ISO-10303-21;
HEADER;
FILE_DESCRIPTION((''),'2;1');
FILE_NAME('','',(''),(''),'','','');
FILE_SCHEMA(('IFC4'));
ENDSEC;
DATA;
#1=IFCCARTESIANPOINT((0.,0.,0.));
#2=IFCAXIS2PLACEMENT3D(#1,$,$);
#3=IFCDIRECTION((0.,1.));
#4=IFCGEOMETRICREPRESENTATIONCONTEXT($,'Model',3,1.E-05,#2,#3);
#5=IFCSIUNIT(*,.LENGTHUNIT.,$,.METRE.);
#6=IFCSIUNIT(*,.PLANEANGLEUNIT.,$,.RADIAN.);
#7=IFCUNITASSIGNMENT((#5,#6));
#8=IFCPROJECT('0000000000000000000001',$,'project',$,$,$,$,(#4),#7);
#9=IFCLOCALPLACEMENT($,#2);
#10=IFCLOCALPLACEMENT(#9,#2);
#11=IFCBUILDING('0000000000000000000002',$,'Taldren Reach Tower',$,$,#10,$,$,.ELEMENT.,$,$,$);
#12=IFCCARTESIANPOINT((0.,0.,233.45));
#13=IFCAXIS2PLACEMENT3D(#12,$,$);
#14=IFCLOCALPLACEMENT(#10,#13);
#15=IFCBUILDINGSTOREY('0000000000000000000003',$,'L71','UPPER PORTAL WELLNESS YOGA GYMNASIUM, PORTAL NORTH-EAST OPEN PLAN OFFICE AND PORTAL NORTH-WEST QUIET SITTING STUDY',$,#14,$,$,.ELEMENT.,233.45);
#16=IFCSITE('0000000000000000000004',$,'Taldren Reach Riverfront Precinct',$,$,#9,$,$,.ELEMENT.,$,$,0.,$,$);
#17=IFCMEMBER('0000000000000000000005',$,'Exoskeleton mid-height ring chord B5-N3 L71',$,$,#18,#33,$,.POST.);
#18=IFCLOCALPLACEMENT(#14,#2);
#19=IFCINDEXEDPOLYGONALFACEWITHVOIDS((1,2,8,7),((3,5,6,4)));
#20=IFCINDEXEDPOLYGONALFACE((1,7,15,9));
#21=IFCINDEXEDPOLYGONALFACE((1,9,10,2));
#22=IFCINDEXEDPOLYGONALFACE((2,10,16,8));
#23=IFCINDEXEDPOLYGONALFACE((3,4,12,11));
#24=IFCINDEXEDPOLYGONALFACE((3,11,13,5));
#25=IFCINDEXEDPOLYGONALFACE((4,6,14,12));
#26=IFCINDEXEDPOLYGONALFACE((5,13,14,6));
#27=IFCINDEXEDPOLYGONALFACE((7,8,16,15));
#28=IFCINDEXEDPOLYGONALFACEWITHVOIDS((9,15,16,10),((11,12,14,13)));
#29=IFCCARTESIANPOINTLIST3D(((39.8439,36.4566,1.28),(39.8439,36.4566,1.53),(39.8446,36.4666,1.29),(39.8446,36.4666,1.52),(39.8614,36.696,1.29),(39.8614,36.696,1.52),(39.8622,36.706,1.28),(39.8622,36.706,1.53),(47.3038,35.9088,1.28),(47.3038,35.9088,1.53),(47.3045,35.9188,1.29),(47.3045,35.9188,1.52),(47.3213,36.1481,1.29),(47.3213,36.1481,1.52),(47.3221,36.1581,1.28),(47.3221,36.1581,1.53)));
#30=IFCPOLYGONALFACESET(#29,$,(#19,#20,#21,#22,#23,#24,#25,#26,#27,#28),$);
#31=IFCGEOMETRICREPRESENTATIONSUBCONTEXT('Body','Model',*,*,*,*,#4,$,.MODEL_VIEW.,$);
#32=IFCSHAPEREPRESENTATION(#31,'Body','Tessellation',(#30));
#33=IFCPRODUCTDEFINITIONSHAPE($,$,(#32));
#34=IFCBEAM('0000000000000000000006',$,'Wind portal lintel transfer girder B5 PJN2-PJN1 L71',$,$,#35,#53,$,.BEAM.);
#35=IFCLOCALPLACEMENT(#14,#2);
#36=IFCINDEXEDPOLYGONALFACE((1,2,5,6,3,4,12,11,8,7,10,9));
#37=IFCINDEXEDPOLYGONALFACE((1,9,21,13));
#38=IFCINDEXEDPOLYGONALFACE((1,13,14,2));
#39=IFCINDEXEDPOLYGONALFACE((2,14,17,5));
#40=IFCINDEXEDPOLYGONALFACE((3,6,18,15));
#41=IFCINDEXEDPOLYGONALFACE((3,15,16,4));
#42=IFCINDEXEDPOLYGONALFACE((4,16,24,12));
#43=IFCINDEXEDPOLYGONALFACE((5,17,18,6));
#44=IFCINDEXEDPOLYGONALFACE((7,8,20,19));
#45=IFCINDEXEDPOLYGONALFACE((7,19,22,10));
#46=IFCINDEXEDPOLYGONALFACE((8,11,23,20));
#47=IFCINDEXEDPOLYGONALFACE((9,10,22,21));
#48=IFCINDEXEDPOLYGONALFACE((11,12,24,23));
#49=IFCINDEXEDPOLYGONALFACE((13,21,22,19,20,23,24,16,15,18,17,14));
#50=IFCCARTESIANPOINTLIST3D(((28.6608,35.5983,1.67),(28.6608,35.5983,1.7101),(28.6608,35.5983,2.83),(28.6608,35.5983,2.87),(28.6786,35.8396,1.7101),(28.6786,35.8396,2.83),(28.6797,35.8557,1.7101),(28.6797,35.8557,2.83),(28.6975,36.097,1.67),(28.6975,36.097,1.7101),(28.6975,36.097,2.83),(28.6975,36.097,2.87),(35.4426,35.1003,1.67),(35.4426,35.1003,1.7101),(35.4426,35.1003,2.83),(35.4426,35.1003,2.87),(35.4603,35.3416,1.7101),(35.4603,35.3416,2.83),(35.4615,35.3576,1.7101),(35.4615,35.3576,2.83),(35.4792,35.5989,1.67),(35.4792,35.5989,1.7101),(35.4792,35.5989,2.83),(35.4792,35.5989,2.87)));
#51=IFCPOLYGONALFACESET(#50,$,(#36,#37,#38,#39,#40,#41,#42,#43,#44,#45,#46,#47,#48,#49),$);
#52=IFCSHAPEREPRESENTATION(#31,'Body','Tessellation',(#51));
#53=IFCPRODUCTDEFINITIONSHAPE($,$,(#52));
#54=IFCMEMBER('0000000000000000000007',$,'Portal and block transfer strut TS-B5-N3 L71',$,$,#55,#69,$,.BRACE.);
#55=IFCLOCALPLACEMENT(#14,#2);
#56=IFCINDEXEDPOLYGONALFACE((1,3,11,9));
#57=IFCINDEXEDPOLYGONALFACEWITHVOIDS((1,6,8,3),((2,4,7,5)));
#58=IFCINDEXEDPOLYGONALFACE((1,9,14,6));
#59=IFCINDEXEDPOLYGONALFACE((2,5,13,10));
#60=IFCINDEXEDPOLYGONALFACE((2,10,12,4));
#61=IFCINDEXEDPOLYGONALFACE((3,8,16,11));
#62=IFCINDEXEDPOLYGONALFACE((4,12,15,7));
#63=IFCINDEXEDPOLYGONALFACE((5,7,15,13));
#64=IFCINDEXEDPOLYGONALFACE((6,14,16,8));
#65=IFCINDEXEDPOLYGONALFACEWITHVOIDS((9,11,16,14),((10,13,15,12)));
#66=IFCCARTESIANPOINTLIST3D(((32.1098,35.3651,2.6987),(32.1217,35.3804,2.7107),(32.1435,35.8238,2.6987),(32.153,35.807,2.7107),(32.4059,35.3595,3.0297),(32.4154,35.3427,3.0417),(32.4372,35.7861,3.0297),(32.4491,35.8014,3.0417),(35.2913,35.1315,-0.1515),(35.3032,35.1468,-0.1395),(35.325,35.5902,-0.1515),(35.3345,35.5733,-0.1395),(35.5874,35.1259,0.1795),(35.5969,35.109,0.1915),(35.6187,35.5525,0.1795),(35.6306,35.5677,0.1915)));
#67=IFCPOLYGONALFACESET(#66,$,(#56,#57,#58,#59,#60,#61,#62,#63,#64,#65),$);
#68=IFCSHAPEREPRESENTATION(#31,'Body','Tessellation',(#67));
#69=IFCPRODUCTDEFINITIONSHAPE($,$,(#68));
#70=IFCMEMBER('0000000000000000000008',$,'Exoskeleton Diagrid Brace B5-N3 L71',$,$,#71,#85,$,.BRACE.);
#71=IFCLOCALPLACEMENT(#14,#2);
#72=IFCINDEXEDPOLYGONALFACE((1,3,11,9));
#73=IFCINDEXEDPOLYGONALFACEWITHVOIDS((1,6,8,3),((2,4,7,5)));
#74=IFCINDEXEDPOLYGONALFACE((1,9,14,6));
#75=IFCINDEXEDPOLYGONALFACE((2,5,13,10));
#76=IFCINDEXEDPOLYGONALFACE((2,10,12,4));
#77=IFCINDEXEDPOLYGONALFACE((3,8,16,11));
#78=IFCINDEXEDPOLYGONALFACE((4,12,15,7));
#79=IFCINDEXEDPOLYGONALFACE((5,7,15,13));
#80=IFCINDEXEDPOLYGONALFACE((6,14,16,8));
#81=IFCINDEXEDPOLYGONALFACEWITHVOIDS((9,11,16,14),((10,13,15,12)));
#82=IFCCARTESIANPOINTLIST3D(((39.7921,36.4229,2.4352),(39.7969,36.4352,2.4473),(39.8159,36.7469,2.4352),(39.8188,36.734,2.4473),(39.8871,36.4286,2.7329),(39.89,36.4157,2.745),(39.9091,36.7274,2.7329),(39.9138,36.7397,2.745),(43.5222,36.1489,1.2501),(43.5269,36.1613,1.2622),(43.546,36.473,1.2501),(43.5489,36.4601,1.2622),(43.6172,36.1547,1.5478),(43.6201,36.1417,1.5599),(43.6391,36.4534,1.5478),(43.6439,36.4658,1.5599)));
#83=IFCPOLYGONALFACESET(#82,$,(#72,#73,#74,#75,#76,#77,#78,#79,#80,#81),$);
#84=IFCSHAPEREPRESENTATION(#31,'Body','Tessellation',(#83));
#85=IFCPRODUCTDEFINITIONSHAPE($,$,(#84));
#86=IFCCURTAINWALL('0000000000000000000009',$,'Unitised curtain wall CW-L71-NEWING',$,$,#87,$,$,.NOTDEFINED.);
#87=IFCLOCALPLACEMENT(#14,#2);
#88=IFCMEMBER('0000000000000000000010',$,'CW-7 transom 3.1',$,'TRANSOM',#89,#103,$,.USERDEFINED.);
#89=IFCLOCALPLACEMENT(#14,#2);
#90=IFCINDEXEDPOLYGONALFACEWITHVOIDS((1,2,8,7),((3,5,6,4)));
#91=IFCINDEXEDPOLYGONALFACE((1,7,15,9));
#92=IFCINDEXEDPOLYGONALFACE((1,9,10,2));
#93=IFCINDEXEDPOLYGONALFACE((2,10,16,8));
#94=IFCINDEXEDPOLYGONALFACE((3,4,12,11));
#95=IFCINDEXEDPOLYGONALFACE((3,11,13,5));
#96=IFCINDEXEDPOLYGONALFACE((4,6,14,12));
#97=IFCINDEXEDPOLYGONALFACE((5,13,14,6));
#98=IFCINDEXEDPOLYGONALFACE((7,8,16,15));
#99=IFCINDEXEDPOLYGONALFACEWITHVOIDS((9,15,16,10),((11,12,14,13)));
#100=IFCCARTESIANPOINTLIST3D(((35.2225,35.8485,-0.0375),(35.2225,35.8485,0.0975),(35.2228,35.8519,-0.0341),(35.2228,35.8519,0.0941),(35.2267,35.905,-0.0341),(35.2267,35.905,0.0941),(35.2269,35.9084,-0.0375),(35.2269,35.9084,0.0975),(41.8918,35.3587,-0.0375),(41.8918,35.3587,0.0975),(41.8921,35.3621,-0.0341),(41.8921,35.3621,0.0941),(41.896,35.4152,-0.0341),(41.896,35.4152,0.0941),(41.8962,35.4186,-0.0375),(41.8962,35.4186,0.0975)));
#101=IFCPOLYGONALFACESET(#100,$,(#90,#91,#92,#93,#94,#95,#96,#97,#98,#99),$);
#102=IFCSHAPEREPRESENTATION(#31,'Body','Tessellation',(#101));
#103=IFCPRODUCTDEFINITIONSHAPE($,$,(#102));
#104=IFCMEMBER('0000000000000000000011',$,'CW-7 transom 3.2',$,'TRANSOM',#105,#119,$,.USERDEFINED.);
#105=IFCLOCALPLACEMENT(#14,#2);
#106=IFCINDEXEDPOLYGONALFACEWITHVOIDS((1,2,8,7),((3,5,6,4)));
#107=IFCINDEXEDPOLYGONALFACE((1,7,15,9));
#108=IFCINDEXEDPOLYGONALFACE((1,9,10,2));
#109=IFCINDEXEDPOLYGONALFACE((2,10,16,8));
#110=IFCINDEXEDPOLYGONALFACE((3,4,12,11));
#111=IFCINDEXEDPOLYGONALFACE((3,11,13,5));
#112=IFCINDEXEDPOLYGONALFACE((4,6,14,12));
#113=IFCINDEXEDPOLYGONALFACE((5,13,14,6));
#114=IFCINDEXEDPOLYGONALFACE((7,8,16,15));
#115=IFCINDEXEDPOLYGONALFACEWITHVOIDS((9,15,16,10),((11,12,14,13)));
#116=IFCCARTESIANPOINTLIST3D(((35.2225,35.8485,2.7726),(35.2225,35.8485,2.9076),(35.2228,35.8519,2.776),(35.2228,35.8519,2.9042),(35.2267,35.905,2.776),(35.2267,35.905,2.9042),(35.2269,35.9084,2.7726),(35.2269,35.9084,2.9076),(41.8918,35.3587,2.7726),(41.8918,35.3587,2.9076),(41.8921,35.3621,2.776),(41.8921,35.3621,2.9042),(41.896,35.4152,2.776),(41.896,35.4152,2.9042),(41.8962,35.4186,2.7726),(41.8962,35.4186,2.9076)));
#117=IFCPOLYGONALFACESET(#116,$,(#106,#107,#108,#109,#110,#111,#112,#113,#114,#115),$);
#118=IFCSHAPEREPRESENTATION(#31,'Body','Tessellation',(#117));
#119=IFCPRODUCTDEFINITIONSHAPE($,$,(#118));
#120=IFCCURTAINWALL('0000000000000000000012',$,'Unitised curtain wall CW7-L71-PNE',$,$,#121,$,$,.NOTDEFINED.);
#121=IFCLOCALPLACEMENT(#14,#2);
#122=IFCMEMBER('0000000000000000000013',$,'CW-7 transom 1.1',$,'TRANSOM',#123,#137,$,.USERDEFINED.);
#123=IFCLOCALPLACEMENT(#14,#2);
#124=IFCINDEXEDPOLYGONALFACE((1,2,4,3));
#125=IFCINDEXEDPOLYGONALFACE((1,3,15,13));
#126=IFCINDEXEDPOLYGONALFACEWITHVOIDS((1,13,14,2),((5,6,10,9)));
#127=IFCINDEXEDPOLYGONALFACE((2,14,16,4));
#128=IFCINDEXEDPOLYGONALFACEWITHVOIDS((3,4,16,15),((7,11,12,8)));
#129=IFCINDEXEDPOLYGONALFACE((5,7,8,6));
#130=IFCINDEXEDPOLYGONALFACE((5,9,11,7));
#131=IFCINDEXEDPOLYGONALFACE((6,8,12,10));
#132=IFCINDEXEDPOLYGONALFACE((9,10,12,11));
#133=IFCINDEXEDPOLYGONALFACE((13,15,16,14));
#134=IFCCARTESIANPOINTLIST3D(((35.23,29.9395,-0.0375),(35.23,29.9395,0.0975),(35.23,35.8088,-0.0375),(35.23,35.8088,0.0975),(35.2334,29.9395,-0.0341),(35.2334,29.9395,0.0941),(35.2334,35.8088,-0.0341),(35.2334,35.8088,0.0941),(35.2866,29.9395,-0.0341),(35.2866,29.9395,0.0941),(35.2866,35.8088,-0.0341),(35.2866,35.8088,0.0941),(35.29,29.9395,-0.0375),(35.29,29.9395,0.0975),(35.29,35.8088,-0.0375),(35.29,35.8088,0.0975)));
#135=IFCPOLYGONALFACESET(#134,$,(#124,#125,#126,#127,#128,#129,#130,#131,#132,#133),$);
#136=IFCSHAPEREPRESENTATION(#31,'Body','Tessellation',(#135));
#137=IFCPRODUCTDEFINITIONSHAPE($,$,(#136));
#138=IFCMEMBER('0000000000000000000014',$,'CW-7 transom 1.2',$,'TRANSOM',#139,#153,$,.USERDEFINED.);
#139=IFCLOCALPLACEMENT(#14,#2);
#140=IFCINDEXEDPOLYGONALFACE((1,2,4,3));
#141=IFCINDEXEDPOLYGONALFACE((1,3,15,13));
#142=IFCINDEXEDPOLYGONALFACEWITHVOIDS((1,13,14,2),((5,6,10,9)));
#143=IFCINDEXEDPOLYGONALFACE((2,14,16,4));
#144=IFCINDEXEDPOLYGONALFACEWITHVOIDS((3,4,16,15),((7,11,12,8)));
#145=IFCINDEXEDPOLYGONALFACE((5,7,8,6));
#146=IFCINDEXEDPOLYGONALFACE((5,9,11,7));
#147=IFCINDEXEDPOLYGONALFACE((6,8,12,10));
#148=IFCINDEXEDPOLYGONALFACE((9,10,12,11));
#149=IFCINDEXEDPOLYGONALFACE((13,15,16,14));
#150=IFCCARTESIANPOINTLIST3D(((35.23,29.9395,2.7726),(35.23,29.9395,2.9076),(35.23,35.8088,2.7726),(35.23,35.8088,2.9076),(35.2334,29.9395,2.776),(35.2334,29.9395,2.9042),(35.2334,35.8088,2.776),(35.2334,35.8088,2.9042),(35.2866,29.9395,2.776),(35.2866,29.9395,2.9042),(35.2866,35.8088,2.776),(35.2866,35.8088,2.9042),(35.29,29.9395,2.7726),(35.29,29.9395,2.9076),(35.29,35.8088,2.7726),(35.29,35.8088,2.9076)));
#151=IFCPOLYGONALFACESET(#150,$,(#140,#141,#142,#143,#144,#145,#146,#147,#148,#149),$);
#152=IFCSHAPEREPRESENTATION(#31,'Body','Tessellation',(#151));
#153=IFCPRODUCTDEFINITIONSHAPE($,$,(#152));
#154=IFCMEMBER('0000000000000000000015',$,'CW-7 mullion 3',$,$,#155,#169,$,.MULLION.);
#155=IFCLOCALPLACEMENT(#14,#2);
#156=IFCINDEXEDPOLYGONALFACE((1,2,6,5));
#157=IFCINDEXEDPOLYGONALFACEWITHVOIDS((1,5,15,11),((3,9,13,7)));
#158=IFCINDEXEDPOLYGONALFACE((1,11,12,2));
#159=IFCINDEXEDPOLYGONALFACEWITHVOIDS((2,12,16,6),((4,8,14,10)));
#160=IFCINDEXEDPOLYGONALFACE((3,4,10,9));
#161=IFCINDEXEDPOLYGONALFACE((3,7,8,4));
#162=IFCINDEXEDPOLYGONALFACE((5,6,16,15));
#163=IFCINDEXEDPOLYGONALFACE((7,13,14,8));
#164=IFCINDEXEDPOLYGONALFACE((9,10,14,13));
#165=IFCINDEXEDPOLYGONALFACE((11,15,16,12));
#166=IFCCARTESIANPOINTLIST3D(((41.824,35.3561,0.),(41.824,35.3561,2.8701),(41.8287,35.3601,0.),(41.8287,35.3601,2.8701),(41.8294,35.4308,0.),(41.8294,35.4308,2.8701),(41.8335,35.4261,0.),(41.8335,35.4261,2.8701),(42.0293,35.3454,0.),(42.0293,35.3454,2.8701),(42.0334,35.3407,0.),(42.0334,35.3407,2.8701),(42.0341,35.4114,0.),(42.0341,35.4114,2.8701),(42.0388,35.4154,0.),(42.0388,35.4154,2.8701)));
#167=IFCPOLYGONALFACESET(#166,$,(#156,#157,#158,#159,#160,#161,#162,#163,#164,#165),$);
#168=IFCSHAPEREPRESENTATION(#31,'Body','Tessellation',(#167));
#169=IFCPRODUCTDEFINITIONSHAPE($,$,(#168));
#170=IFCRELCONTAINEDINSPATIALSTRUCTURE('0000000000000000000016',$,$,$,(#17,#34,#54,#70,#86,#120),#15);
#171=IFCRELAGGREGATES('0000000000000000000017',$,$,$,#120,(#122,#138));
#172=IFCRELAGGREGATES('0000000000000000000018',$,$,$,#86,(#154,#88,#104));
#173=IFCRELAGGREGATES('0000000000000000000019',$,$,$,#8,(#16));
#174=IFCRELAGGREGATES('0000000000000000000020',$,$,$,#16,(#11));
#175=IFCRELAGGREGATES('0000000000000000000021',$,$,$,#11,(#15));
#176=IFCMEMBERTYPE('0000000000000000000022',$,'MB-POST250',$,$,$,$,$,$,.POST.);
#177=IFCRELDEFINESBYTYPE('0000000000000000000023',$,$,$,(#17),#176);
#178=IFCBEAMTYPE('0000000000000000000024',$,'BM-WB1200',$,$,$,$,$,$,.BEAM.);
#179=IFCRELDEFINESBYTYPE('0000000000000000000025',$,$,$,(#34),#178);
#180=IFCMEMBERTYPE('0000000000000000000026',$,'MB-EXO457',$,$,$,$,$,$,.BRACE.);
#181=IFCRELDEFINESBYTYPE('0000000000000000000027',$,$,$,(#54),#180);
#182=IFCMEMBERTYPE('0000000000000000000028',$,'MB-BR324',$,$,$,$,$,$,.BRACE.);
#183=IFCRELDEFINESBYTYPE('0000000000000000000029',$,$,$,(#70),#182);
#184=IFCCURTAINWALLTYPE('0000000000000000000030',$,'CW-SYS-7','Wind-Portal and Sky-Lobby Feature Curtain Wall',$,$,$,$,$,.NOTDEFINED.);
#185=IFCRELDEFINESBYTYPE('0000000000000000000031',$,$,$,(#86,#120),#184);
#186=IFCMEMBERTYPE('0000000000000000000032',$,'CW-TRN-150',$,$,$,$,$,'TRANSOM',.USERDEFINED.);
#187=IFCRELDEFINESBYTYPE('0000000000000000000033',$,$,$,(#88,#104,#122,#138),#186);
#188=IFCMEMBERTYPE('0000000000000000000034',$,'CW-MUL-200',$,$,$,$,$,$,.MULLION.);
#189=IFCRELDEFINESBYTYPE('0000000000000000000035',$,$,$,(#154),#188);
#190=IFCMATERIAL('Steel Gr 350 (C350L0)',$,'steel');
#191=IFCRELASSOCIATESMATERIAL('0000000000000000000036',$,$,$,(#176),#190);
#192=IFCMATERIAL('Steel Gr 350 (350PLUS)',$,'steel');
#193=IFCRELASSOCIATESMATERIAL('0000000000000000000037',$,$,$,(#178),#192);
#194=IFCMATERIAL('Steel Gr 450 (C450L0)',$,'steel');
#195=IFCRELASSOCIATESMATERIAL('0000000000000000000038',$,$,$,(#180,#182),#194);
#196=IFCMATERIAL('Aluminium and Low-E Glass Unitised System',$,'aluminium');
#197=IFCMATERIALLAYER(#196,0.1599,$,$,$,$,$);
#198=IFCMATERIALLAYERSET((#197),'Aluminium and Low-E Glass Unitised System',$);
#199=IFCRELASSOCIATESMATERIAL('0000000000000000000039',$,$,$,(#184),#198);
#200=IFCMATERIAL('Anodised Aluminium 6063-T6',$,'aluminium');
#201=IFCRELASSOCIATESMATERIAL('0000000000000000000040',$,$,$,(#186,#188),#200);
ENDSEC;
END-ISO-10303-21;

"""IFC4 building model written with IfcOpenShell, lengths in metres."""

from ifc_helpers import new_model, si_unit, direction, frame, origin, origin_2d, place, context, subcontext, project, spatial, hollow_rectangle, i_section, extrude, source, transform, mapped, material, layer, layer_set, material_profile, profile_set, type_object, element, aggregate, save


model = new_model("IFC4")

# Units and contexts
model_context = context("Model", 3, precision=1e-05, world=origin(), true_north=direction((0.0, 1.0)))
body_context = subcontext(model_context, "Body", "Model", "MODEL_VIEW")
ifc_project = project(units=[si_unit("LENGTHUNIT", "METRE"), si_unit("PLANEANGLEUNIT", "RADIAN")], contexts=[model_context])

# Site, building, storey
site_placement = place(None, origin())
site = spatial("IfcSite", under=ifc_project, at=site_placement, Name="Taldren Reach Riverfront Precinct", CompositionType="ELEMENT", RefElevation=0.0)
building_placement = place(site_placement, origin())
building = spatial("IfcBuilding", under=site, at=building_placement, Name="Taldren Reach Tower", CompositionType="ELEMENT")
storey_placement = place(building_placement, frame((0.0, 0.0, 233.45)))
storey = spatial("IfcBuildingStorey", under=building, at=storey_placement, Name="L71", Description="UPPER PORTAL WELLNESS YOGA GYMNASIUM, PORTAL NORTH-EAST OPEN PLAN OFFICE AND PORTAL NORTH-WEST QUIET SITTING STUDY", CompositionType="ELEMENT", Elevation=233.45)

# Shared definitions
ifc_material_1 = material(Name="Steel Gr 350 (C350L0)", Category="steel")
ifc_material_2 = material(Name="Steel Gr 350 (350PLUS)", Category="steel")

# Shared definitions
ifc_material_profile_1 = material_profile(ifc_material_1, hollow_rectangle(XDim=0.25, YDim=0.25, WallThickness=0.01, at=origin_2d()), Name="250x250x10.0SHS")
ifc_profile_set_1 = profile_set([ifc_material_profile_1], Name="Steel Gr 350 (C350L0)")
member_type_1 = type_object("IfcMemberType", Name="MB-POST250", PredefinedType="POST", material=ifc_profile_set_1)
ifc_material_3 = material(Name="Steel Gr 450 (C450L0)", Category="steel")

# Member
shared_shape_1 = source(origin(), body_context, "Body", "SweptSolid", [
    extrude(hollow_rectangle(XDim=0.25, YDim=0.25, WallThickness=0.01, at=origin_2d()), origin(), (0.0, 0.0, 1.0), 7.48),
])
member_1_placement = place(storey_placement, frame((39.853, 36.5813, 1.405), z_axis=(0.997314, -0.073242, 0.0), x_axis=(0.073242, 0.997314, 0.0)))
element("IfcMember", 1, at=member_1_placement, inside=storey, type_object=member_type_1, Name="Exoskeleton mid-height ring chord B5-N3 L71", PredefinedType="POST", context=body_context, shape_type="MappedRepresentation", body=[
    mapped(shared_shape_1, transform((0.0, 0.0, 0.0), scale=1.0)),
])

# Beam
ifc_material_profile_2 = material_profile(ifc_material_2, i_section(OverallWidth=0.5, OverallDepth=1.2, WebThickness=0.0161, FlangeThickness=0.04, at=origin_2d()), Name="1200WB455")
ifc_profile_set_2 = profile_set([ifc_material_profile_2], Name="Steel Gr 350 (350PLUS)")
beam_type_1 = type_object("IfcBeamType", Name="BM-WB1200", PredefinedType="BEAM", material=ifc_profile_set_2)
shared_shape_2 = source(origin(), body_context, "Body", "SweptSolid", [
    extrude(i_section(OverallWidth=0.5, OverallDepth=1.2, WebThickness=0.0161, FlangeThickness=0.04, at=origin_2d()), origin(), (0.0, 0.0, 1.0), 6.8),
])
beam_1_placement = place(storey_placement, frame((35.4609, 35.3496, 2.27), z_axis=(-0.997314, 0.073242, 0.0), x_axis=(-0.073242, -0.997314, 0.0)))
element("IfcBeam", 2, at=beam_1_placement, inside=storey, type_object=beam_type_1, Name="Wind portal lintel transfer girder B5 PJN2-PJN1 L71", PredefinedType="BEAM", context=body_context, shape_type="MappedRepresentation", body=[
    mapped(shared_shape_2, transform((0.0, 0.0, 0.0), scale=1.0)),
])

# Members
ifc_material_profile_3 = material_profile(ifc_material_3, hollow_rectangle(XDim=0.46, YDim=0.46, WallThickness=0.0161, at=origin_2d()), Name="460x460x16.0SHS")
ifc_profile_set_3 = profile_set([ifc_material_profile_3], Name="Steel Gr 450 (C450L0)")
member_type_2 = type_object("IfcMemberType", Name="MB-EXO457", PredefinedType="BRACE", material=ifc_profile_set_3)
shared_shape_3 = source(origin(), body_context, "Body", "SweptSolid", [
    extrude(hollow_rectangle(XDim=0.46, YDim=0.46, WallThickness=0.0161, at=origin_2d()), origin(), (0.0, 0.0, 1.0), 4.2778),
])
member_2_placement = place(storey_placement, frame((35.4609, 35.3496, 0.02), z_axis=(-0.743712, 0.054618, 0.666265), x_axis=(-0.073243, -0.997314, 0.0)))
element("IfcMember", 3, at=member_2_placement, inside=storey, type_object=member_type_2, Name="Portal and block transfer strut TS-B5-N3 L71", PredefinedType="BRACE", context=body_context, shape_type="MappedRepresentation", body=[
    mapped(shared_shape_3, transform((0.0, 0.0, 0.0), scale=1.0)),
])
ifc_material_profile_4 = material_profile(ifc_material_3, hollow_rectangle(XDim=0.325, YDim=0.325, WallThickness=0.0127, at=origin_2d()), Name="325x325x12.7SHS")
ifc_profile_set_4 = profile_set([ifc_material_profile_4], Name="Steel Gr 450 (C450L0)")
member_type_3 = type_object("IfcMemberType", Name="MB-BR324", PredefinedType="BRACE", material=ifc_profile_set_4)
shared_shape_4 = source(origin(), body_context, "Body", "SweptSolid", [
    extrude(hollow_rectangle(XDim=0.325, YDim=0.325, WallThickness=0.0127, at=origin_2d()), origin(), (0.0, 0.0, 1.0), 3.9233),
])
member_3_placement = place(storey_placement, frame((43.583, 36.3074, 1.405), z_axis=(-0.950729, 0.069821, 0.302058), x_axis=(-0.073242, -0.997314, 0.0)))
element("IfcMember", 4, at=member_3_placement, inside=storey, type_object=member_type_3, Name="Exoskeleton Diagrid Brace B5-N3 L71", PredefinedType="BRACE", context=body_context, shape_type="MappedRepresentation", body=[
    mapped(shared_shape_4, transform((0.0, 0.0, 0.0), scale=1.0)),
])

# Curtain walls, members
ifc_material_4 = material(Name="Aluminium and Low-E Glass Unitised System", Category="aluminium")
ifc_layer_1 = layer(ifc_material_4, 0.1599)
ifc_layer_set_1 = layer_set([ifc_layer_1], Name="Aluminium and Low-E Glass Unitised System")
curtain_wall_type = type_object("IfcCurtainWallType", Name="CW-SYS-7", Description="Wind-Portal and Sky-Lobby Feature Curtain Wall", PredefinedType="NOTDEFINED", material=ifc_layer_set_1)
curtain_wall_1_placement = place(storey_placement, origin())
curtain_wall_1 = element("IfcCurtainWall", 5, at=curtain_wall_1_placement, inside=storey, type_object=curtain_wall_type, Name="Unitised curtain wall CW-L71-NEWING", PredefinedType="NOTDEFINED")
ifc_material_5 = material(Name="Anodised Aluminium 6063-T6", Category="aluminium")
ifc_material_profile_5 = material_profile(ifc_material_5, hollow_rectangle(XDim=0.0601, YDim=0.135, WallThickness=0.0034, at=origin_2d()), Name="ALU-135x60x3.5RHS")
ifc_profile_set_5 = profile_set([ifc_material_profile_5], Name="Anodised Aluminium 6063-T6")
member_type_4 = type_object("IfcMemberType", Name="CW-TRN-150", ElementType="TRANSOM", PredefinedType="USERDEFINED", material=ifc_profile_set_5)
shared_shape_5 = source(origin(), body_context, "Body", "SweptSolid", [
    extrude(hollow_rectangle(XDim=0.0601, YDim=0.135, WallThickness=0.0034, at=origin_2d()), origin(), (0.0, 0.0, 1.0), 6.6873),
])
member_4_placement = place(storey_placement, frame((41.894, 35.3887, 0.03), z_axis=(-0.997315, 0.073237, 0.0), x_axis=(-0.073237, -0.997315, 0.0)))
member_4 = element("IfcMember", 6, at=member_4_placement, type_object=member_type_4, Name="CW-7 transom 3.1", ObjectType="TRANSOM", PredefinedType="USERDEFINED", context=body_context, shape_type="MappedRepresentation", body=[
    mapped(shared_shape_5, transform((0.0, 0.0, 0.0), scale=1.0)),
])
member_5_placement = place(storey_placement, frame((41.894, 35.3887, 2.8401), z_axis=(-0.997315, 0.073237, 0.0), x_axis=(-0.073237, -0.997315, 0.0)))
member_5 = element("IfcMember", 7, at=member_5_placement, type_object=member_type_4, Name="CW-7 transom 3.2", ObjectType="TRANSOM", PredefinedType="USERDEFINED", context=body_context, shape_type="MappedRepresentation", body=[
    mapped(shared_shape_5, transform((0.0, 0.0, 0.0), scale=1.0)),
])
curtain_wall_2_placement = place(storey_placement, origin())
curtain_wall_2 = element("IfcCurtainWall", 8, at=curtain_wall_2_placement, inside=storey, type_object=curtain_wall_type, Name="Unitised curtain wall CW7-L71-PNE", PredefinedType="NOTDEFINED")
shared_shape_6 = source(origin(), body_context, "Body", "SweptSolid", [
    extrude(hollow_rectangle(XDim=0.0601, YDim=0.135, WallThickness=0.0034, at=origin_2d()), origin(), (0.0, 0.0, 1.0), 5.8694),
])
member_6_placement = place(storey_placement, frame((35.26, 35.8088, 0.03), z_axis=(0.0, -1.0, 0.0), x_axis=(1.0, 0.0, 0.0)))
member_6 = element("IfcMember", 9, at=member_6_placement, type_object=member_type_4, Name="CW-7 transom 1.1", ObjectType="TRANSOM", PredefinedType="USERDEFINED", context=body_context, shape_type="MappedRepresentation", body=[
    mapped(shared_shape_6, transform((0.0, 0.0, 0.0), scale=1.0)),
])
member_7_placement = place(storey_placement, frame((35.26, 35.8088, 2.8401), z_axis=(0.0, -1.0, 0.0), x_axis=(1.0, 0.0, 0.0)))
member_7 = element("IfcMember", 10, at=member_7_placement, type_object=member_type_4, Name="CW-7 transom 1.2", ObjectType="TRANSOM", PredefinedType="USERDEFINED", context=body_context, shape_type="MappedRepresentation", body=[
    mapped(shared_shape_6, transform((0.0, 0.0, 0.0), scale=1.0)),
])

# Member
ifc_material_profile_6 = material_profile(ifc_material_5, hollow_rectangle(XDim=0.075, YDim=0.21, WallThickness=0.0044, at=origin_2d()), Name="ALU-210x75x4.5RHS")
ifc_profile_set_6 = profile_set([ifc_material_profile_6], Name="Anodised Aluminium 6063-T6")
member_type_5 = type_object("IfcMemberType", Name="CW-MUL-200", PredefinedType="MULLION", material=ifc_profile_set_6)
shared_shape_7 = source(origin(), body_context, "Body", "SweptSolid", [
    extrude(hollow_rectangle(XDim=0.075, YDim=0.21, WallThickness=0.0044, at=origin_2d()), origin(), (0.0, 0.0, 1.0), 2.8701),
])
member_8_placement = place(storey_placement, frame((41.9314, 35.3857, 0.0), z_axis=(0.0, 0.0, 1.0), x_axis=(-0.073238, -0.997314, 0.0)))
member_8 = element("IfcMember", 11, at=member_8_placement, type_object=member_type_5, Name="CW-7 mullion 3", PredefinedType="MULLION", context=body_context, shape_type="MappedRepresentation", body=[
    mapped(shared_shape_7, transform((0.0, 0.0, 0.0), scale=1.0)),
])

aggregate(curtain_wall_2, [member_6, member_7])
aggregate(curtain_wall_1, [member_8, member_4, member_5])

save(model, "model.ifc")
